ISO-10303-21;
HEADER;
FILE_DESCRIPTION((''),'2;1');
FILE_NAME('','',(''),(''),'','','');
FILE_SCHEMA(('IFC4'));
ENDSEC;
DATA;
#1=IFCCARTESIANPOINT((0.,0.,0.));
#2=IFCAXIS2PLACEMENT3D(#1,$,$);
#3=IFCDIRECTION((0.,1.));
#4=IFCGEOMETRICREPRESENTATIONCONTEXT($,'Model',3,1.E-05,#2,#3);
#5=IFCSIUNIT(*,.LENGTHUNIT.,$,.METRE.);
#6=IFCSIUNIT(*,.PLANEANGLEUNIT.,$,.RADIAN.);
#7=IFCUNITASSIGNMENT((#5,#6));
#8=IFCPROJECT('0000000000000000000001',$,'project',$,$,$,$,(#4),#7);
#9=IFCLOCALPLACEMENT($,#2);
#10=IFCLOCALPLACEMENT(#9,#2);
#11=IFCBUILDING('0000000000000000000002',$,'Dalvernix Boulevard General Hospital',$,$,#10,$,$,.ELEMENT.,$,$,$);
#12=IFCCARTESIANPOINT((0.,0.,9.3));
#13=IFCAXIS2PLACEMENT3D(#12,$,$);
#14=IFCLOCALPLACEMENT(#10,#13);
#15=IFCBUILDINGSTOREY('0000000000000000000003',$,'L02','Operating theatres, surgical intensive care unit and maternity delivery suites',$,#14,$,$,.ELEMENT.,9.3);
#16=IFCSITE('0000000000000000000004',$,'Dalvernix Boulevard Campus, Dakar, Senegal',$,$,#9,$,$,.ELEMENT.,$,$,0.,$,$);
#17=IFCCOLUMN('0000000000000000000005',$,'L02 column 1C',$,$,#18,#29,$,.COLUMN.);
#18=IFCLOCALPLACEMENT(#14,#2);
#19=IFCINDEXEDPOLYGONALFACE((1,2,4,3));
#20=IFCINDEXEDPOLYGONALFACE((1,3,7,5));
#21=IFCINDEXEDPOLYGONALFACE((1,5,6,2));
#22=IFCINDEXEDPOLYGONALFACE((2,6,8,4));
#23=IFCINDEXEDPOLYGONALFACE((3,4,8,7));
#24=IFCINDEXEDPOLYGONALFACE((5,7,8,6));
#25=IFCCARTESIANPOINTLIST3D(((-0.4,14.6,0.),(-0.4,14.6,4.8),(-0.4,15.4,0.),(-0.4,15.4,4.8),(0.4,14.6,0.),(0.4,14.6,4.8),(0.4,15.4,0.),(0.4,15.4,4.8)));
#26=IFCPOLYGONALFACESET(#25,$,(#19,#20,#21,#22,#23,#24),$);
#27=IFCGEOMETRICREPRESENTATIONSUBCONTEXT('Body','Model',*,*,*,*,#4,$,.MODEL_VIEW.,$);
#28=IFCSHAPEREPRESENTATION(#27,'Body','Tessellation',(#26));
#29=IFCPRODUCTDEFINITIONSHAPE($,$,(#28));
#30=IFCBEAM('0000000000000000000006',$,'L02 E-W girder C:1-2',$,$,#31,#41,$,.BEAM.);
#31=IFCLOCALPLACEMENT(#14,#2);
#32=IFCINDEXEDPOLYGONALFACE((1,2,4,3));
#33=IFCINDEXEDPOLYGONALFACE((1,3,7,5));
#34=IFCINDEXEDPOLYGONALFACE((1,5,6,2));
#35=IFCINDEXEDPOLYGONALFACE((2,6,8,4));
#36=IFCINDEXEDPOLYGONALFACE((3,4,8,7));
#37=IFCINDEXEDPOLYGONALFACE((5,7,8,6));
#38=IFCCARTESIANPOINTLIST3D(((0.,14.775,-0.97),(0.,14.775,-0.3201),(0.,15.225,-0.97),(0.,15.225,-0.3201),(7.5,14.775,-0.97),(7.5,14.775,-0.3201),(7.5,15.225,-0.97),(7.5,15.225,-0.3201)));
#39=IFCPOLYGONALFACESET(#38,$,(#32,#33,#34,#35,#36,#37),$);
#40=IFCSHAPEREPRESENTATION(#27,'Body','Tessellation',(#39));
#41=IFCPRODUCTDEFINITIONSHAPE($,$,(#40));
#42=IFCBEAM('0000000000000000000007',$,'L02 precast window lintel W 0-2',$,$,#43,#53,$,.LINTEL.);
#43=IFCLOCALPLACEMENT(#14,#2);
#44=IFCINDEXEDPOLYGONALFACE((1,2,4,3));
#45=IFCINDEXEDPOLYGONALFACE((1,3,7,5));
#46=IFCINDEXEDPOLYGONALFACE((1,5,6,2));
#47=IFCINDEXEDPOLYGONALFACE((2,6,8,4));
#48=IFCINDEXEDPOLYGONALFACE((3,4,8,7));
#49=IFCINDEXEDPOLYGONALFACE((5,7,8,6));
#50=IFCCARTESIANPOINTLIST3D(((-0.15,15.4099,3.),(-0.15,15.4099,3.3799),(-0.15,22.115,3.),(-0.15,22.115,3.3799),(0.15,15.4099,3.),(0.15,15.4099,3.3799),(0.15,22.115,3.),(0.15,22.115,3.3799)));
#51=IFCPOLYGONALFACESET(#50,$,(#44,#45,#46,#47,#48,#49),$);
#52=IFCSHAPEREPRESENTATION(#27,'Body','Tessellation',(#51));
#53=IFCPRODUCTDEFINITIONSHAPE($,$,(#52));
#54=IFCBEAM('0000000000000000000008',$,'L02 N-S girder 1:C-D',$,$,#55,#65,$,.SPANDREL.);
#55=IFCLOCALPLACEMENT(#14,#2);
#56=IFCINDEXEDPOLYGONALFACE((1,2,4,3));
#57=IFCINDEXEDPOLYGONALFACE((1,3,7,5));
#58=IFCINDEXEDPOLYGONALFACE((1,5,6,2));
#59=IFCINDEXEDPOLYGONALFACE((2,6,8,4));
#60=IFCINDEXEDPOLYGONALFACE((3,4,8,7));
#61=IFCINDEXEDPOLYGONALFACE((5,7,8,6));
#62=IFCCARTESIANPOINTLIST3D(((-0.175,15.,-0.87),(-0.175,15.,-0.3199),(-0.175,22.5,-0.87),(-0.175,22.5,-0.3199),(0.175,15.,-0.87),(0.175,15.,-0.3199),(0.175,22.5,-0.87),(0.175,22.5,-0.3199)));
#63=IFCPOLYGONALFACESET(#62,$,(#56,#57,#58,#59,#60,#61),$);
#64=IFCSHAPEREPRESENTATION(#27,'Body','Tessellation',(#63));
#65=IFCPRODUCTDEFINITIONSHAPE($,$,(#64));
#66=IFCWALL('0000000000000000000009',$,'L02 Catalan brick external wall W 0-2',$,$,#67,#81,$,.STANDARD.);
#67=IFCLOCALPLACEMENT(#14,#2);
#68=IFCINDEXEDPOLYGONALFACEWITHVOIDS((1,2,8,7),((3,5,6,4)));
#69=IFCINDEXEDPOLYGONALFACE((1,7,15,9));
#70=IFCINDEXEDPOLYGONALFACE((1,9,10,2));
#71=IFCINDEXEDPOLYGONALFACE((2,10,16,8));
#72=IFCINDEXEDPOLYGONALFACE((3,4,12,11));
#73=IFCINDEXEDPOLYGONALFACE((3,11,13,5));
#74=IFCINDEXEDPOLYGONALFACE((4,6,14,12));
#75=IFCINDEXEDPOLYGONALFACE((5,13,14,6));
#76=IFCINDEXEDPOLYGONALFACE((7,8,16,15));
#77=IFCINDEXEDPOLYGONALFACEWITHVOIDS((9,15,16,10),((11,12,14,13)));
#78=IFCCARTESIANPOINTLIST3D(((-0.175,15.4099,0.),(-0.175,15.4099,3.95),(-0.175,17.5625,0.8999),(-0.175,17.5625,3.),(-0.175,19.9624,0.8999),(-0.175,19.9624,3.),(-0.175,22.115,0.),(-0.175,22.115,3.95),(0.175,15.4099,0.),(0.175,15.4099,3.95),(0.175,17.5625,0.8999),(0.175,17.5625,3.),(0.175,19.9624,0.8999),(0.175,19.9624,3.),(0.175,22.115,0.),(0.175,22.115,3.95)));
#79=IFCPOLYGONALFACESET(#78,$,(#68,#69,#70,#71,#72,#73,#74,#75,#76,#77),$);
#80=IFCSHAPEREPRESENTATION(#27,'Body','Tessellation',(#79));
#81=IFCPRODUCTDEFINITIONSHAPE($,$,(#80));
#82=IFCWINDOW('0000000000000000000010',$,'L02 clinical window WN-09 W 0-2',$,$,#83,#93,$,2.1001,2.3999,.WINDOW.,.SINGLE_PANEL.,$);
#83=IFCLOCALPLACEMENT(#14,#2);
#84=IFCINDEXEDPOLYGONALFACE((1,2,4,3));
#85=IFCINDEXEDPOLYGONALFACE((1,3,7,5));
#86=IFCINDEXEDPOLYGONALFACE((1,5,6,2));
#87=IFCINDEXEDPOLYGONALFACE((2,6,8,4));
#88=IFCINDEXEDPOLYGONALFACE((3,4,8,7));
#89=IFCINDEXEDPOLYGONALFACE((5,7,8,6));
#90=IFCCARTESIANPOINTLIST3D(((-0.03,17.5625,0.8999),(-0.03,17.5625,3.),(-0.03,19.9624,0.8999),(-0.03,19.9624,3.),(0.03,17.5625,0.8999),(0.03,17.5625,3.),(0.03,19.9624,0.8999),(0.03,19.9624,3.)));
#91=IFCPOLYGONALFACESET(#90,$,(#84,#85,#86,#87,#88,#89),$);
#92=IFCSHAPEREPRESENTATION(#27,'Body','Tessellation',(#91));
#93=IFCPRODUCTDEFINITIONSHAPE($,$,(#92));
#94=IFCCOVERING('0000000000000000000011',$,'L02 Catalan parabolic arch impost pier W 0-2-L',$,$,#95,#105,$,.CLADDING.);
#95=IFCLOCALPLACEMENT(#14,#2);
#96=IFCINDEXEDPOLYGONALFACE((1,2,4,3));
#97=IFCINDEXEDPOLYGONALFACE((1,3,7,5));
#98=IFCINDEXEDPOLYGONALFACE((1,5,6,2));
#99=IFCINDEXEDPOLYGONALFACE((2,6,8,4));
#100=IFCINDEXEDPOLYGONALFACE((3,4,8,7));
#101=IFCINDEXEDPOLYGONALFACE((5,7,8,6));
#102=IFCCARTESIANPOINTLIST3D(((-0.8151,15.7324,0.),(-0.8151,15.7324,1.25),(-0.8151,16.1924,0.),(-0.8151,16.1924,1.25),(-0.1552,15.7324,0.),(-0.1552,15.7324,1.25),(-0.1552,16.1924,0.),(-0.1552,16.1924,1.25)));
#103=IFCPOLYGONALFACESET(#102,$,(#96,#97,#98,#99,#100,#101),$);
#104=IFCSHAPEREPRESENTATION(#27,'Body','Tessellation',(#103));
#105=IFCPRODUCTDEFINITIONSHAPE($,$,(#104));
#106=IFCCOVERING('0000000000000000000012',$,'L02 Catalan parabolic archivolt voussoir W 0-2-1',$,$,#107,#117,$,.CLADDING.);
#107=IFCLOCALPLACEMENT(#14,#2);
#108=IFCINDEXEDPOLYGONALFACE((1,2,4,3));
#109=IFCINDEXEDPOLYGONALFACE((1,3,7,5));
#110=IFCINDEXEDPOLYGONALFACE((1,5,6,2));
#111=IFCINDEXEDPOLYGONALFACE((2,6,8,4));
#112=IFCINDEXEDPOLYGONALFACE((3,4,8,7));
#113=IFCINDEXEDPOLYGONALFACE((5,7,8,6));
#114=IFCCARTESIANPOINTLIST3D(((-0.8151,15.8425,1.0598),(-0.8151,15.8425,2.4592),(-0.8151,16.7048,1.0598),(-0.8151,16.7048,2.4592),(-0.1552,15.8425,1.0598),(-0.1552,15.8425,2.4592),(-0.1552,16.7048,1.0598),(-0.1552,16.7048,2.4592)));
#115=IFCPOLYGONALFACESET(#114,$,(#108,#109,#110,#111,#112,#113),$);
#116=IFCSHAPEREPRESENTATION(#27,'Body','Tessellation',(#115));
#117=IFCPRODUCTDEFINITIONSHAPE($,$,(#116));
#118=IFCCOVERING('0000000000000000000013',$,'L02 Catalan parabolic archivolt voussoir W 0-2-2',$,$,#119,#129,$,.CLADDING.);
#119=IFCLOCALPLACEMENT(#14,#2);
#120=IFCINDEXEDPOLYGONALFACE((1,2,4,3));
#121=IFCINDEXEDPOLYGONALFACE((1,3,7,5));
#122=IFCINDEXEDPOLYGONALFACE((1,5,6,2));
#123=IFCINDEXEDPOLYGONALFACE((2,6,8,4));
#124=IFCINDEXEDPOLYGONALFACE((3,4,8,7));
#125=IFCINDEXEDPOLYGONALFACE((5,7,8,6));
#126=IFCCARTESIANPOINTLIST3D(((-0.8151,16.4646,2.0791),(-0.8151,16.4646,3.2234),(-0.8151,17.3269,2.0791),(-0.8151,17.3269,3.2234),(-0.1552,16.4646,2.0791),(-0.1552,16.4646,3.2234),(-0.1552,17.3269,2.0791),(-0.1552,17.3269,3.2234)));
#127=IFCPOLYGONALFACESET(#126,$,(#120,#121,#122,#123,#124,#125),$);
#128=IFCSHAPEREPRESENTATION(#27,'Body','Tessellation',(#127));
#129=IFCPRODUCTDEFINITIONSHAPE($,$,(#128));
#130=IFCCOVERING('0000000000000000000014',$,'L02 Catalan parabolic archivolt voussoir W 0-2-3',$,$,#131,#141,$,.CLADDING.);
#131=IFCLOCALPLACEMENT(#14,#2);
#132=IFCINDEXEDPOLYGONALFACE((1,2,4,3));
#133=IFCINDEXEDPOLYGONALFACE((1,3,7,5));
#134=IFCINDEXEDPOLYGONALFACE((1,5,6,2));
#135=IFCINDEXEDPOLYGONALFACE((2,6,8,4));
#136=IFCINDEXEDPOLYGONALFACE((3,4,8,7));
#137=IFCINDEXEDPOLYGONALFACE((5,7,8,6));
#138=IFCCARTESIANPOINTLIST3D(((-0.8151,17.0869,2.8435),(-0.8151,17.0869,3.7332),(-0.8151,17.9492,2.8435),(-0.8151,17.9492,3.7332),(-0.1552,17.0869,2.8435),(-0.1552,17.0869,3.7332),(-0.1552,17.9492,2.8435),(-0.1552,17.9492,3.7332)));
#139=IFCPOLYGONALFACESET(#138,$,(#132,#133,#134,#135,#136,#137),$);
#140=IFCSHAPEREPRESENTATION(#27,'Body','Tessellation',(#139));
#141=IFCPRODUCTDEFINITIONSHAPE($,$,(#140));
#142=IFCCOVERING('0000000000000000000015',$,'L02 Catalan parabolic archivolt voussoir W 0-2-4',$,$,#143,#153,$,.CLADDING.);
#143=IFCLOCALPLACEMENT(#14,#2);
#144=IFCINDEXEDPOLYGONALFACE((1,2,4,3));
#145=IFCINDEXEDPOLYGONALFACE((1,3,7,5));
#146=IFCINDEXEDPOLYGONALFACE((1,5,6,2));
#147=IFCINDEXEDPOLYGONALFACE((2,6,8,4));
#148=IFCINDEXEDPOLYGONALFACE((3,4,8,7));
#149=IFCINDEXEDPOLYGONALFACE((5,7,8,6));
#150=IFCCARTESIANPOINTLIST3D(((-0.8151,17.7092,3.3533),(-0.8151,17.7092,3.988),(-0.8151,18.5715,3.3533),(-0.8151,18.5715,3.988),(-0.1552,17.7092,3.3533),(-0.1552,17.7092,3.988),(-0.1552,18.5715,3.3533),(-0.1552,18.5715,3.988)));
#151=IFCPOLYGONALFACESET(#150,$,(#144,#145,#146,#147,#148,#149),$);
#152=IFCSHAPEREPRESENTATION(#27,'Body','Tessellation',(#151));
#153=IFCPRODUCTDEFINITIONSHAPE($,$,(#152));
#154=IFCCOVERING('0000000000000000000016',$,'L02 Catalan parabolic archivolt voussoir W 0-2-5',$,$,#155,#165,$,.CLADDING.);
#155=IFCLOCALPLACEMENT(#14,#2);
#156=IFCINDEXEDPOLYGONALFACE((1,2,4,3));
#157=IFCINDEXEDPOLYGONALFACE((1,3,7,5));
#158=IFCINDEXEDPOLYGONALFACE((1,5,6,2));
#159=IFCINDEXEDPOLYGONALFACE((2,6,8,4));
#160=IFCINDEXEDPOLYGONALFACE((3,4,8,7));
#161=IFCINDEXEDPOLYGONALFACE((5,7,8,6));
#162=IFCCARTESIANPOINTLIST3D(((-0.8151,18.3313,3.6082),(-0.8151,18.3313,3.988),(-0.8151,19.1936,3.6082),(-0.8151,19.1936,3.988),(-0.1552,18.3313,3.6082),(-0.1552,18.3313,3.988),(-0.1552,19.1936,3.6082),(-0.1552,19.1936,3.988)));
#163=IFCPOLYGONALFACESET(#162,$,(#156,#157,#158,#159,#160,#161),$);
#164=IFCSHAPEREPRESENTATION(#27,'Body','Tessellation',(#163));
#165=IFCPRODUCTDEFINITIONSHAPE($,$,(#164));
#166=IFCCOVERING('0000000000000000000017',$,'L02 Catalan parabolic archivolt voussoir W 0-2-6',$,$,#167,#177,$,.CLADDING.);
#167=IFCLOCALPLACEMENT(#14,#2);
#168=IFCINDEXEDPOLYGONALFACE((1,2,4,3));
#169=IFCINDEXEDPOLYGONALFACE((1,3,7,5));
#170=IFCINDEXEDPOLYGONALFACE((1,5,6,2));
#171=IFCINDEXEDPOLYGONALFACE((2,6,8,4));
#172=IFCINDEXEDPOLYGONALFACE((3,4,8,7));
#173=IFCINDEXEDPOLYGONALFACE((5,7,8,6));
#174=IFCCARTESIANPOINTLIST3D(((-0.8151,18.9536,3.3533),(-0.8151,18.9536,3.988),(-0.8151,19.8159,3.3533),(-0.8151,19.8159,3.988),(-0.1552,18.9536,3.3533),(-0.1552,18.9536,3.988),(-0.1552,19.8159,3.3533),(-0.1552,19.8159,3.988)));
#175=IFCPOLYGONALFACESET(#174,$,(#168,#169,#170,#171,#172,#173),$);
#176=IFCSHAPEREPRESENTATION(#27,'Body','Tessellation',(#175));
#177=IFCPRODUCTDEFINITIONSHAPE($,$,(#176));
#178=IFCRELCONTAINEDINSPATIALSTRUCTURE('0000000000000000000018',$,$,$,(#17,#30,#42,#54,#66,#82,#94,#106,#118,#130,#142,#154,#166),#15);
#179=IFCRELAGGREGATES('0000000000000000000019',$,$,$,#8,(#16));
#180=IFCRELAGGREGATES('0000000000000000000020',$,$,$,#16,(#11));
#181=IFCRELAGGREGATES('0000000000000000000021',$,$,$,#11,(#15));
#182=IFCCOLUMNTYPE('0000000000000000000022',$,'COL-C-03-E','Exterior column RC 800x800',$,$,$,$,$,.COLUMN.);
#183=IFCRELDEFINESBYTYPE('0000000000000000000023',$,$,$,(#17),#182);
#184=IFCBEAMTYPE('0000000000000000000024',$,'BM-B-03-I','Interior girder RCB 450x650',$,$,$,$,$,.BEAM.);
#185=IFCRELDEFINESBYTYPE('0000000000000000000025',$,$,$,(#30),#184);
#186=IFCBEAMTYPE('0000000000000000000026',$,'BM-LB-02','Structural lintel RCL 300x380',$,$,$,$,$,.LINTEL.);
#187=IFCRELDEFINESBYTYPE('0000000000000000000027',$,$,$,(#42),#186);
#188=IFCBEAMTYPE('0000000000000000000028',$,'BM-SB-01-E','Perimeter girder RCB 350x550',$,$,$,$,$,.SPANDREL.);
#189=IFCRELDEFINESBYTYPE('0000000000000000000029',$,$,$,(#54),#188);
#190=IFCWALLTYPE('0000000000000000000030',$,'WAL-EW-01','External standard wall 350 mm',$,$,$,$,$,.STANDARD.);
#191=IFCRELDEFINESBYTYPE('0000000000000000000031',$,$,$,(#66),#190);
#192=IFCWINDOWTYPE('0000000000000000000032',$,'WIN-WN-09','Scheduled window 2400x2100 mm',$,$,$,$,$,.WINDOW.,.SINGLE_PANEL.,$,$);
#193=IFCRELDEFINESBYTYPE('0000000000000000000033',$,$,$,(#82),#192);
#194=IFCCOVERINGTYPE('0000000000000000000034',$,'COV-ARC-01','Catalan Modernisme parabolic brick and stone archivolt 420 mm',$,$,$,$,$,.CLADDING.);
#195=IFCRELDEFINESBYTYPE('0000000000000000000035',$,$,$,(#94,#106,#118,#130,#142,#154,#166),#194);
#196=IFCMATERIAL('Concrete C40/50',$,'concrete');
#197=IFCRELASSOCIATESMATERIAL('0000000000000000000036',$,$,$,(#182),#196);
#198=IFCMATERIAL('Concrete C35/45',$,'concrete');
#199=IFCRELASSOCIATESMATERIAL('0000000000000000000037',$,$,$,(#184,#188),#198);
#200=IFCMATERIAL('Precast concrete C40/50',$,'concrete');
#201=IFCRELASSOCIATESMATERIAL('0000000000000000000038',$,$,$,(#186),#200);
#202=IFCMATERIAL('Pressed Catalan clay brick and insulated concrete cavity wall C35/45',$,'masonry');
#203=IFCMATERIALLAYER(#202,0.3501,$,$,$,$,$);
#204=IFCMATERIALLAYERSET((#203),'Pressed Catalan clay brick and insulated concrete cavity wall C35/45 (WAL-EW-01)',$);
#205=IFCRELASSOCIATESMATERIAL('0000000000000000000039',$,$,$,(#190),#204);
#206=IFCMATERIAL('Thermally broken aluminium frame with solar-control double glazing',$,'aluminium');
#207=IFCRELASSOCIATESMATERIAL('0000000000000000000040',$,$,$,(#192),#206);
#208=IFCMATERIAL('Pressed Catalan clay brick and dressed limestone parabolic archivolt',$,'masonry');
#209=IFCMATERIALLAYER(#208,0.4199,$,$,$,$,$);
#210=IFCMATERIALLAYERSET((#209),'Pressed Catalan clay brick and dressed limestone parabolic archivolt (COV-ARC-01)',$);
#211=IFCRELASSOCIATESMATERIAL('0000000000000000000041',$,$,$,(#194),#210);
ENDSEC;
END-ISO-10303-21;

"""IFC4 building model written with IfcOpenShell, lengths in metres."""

from ifc_helpers import new_model, si_unit, direction, frame, frame_2d, origin, origin_2d, place, context, subcontext, project, spatial, rectangle, extrude, material, layer, layer_set, material_profile, profile_set, type_object, element, fill, save


model = new_model("IFC4")

# Units and contexts
model_context = context("Model", 3, precision=1e-05, world=origin(), true_north=direction((0.0, 1.0)))
body_context = subcontext(model_context, "Body", "Model", "MODEL_VIEW")
ifc_project = project(units=[si_unit("LENGTHUNIT", "METRE"), si_unit("PLANEANGLEUNIT", "RADIAN")], contexts=[model_context])

# Site, building, storey
site_placement = place(None, origin())
site = spatial("IfcSite", under=ifc_project, at=site_placement, Name="Dalvernix Boulevard Campus, Dakar, Senegal", CompositionType="ELEMENT", RefElevation=0.0)
building_placement = place(site_placement, origin())
building = spatial("IfcBuilding", under=site, at=building_placement, Name="Dalvernix Boulevard General Hospital", CompositionType="ELEMENT")
storey_placement = place(building_placement, frame((0.0, 0.0, 9.3)))
storey = spatial("IfcBuildingStorey", under=building, at=storey_placement, Name="L02", Description="Operating theatres, surgical intensive care unit and maternity delivery suites", CompositionType="ELEMENT", Elevation=9.3)

# Column
ifc_material_1 = material(Name="Concrete C40/50", Category="concrete")
ifc_material_profile_1 = material_profile(ifc_material_1, rectangle(XDim=0.8, YDim=0.8, at=origin_2d()), Name="RC 800x800")
ifc_profile_set_1 = profile_set([ifc_material_profile_1], Name="Concrete C40/50")
column_type = type_object("IfcColumnType", Name="COL-C-03-E", Description="Exterior column RC 800x800", PredefinedType="COLUMN", material=ifc_profile_set_1)
column_placement = place(storey_placement, frame((0.0, 15.0, 0.0), z_axis=(0.0, 0.0, 1.0), x_axis=(1.0, 0.0, 0.0)))
element("IfcColumn", 1, at=column_placement, inside=storey, type_object=column_type, Name="L02 column 1C", PredefinedType="COLUMN", context=body_context, shape_type="SweptSolid", body=[
    extrude(rectangle(XDim=0.8, YDim=0.8, at=origin_2d()), origin(), (0.0, 0.0, 1.0), 4.8),
])

# Beams
ifc_material_2 = material(Name="Concrete C35/45", Category="concrete")
ifc_material_profile_2 = material_profile(ifc_material_2, rectangle(XDim=0.45, YDim=0.6499, at=origin_2d()), Name="RCB 450x650")
ifc_profile_set_2 = profile_set([ifc_material_profile_2], Name="Concrete C35/45")
beam_type_1 = type_object("IfcBeamType", Name="BM-B-03-I", Description="Interior girder RCB 450x650", PredefinedType="BEAM", material=ifc_profile_set_2)
beam_1_placement = place(storey_placement, frame((0.0, 15.0, -0.645), z_axis=(1.0, 0.0, 0.0), x_axis=(0.0, 1.0, 0.0)))
element("IfcBeam", 2, at=beam_1_placement, inside=storey, type_object=beam_type_1, Name="L02 E-W girder C:1-2", PredefinedType="BEAM", context=body_context, shape_type="SweptSolid", body=[
    extrude(rectangle(XDim=0.45, YDim=0.6499, at=origin_2d()), origin(), (0.0, 0.0, 1.0), 7.5),
])
ifc_material_3 = material(Name="Precast concrete C40/50", Category="concrete")
ifc_material_profile_3 = material_profile(ifc_material_3, rectangle(XDim=0.3, YDim=0.3799, at=origin_2d()), Name="RCL 300x380")
ifc_profile_set_3 = profile_set([ifc_material_profile_3], Name="Precast concrete C40/50")
beam_type_2 = type_object("IfcBeamType", Name="BM-LB-02", Description="Structural lintel RCL 300x380", PredefinedType="LINTEL", material=ifc_profile_set_3)
beam_2_placement = place(storey_placement, frame((0.0, 15.4099, 3.1899), z_axis=(0.0, 1.0, 0.0), x_axis=(-1.0, 0.0, 0.0)))
element("IfcBeam", 3, at=beam_2_placement, inside=storey, type_object=beam_type_2, Name="L02 precast window lintel W 0-2", PredefinedType="LINTEL", context=body_context, shape_type="SweptSolid", body=[
    extrude(rectangle(XDim=0.3, YDim=0.3799, at=origin_2d()), origin(), (0.0, 0.0, 1.0), 6.7051),
])
ifc_material_profile_4 = material_profile(ifc_material_2, rectangle(XDim=0.3501, YDim=0.55, at=origin_2d()), Name="RCB 350x550")
ifc_profile_set_4 = profile_set([ifc_material_profile_4], Name="Concrete C35/45")
beam_type_3 = type_object("IfcBeamType", Name="BM-SB-01-E", Description="Perimeter girder RCB 350x550", PredefinedType="SPANDREL", material=ifc_profile_set_4)
beam_3_placement = place(storey_placement, frame((0.0, 15.0, -0.595), z_axis=(0.0, 1.0, 0.0), x_axis=(-1.0, 0.0, 0.0)))
element("IfcBeam", 4, at=beam_3_placement, inside=storey, type_object=beam_type_3, Name="L02 N-S girder 1:C-D", PredefinedType="SPANDREL", context=body_context, shape_type="SweptSolid", body=[
    extrude(rectangle(XDim=0.3501, YDim=0.55, at=origin_2d()), origin(), (0.0, 0.0, 1.0), 7.5),
])

# Wall, opening, window
ifc_material_4 = material(Name="Pressed Catalan clay brick and insulated concrete cavity wall C35/45", Category="masonry")
ifc_layer_1 = layer(ifc_material_4, 0.3501)
ifc_layer_set_1 = layer_set([ifc_layer_1], Name="Pressed Catalan clay brick and insulated concrete cavity wall C35/45 (WAL-EW-01)")
wall_type = type_object("IfcWallType", Name="WAL-EW-01", Description="External standard wall 350 mm", PredefinedType="STANDARD", material=ifc_layer_set_1)
wall_placement = place(storey_placement, frame((0.0, 15.4099, 0.0), z_axis=(0.0, 0.0, 1.0), x_axis=(0.0, 1.0, 0.0)))
wall = element("IfcWall", 5, at=wall_placement, inside=storey, type_object=wall_type, Name="L02 Catalan brick external wall W 0-2", PredefinedType="STANDARD", context=body_context, shape_type="SweptSolid", body=[
    extrude(rectangle(XDim=6.7051, YDim=0.3501, at=frame_2d((3.3525, 0.0))), origin(), (0.0, 0.0, 1.0), 3.95),
])
opening_placement = place(wall_placement, frame((2.1526, 0.0, 0.8999)))
opening = element("IfcOpeningElement", 6, at=opening_placement, cuts=wall, PredefinedType="OPENING", context=body_context, shape_type="SweptSolid", body=[
    extrude(rectangle(XDim=2.3999, YDim=2.1001, at=frame_2d((1.2, 1.05))), frame((0.0, 0.1851, 0.0), z_axis=(0.0, -1.0, 0.0), x_axis=(1.0, 0.0, 0.0)), (0.0, 0.0, 1.0), 0.3701),
])
ifc_material_5 = material(Name="Thermally broken aluminium frame with solar-control double glazing", Category="aluminium")
window_type = type_object("IfcWindowType", Name="WIN-WN-09", Description="Scheduled window 2400x2100 mm", PartitioningType="SINGLE_PANEL", PredefinedType="WINDOW", material=ifc_material_5)
window_placement = place(opening_placement, origin())
window = element("IfcWindow", 7, at=window_placement, inside=storey, type_object=window_type, Name="L02 clinical window WN-09 W 0-2", OverallHeight=2.1001, OverallWidth=2.3999, PartitioningType="SINGLE_PANEL", PredefinedType="WINDOW", context=body_context, shape_type="SweptSolid", body=[
    extrude(rectangle(XDim=2.3999, YDim=2.1001, at=frame_2d((1.2, 1.05))), frame((0.0, 0.03, 0.0), z_axis=(0.0, -1.0, 0.0), x_axis=(1.0, 0.0, 0.0)), (0.0, 0.0, 1.0), 0.0601),
])
fill(opening, window)

# Coverings
ifc_material_6 = material(Name="Pressed Catalan clay brick and dressed limestone parabolic archivolt", Category="masonry")
ifc_layer_2 = layer(ifc_material_6, 0.4199)
ifc_layer_set_2 = layer_set([ifc_layer_2], Name="Pressed Catalan clay brick and dressed limestone parabolic archivolt (COV-ARC-01)")
covering_type_1 = type_object("IfcCoveringType", Name="COV-ARC-01", Description="Catalan Modernisme parabolic brick and stone archivolt 420 mm", PredefinedType="CLADDING", material=ifc_layer_set_2)
covering_1_placement = place(storey_placement, frame((-0.4851, 15.9624, 0.0), z_axis=(0.0, 0.0, 1.0), x_axis=(0.0, 1.0, 0.0)))
element("IfcCovering", 8, at=covering_1_placement, inside=storey, type_object=covering_type_1, Name="L02 Catalan parabolic arch impost pier W 0-2-L", PredefinedType="CLADDING", context=body_context, shape_type="SweptSolid", body=[
    extrude(rectangle(XDim=0.46, YDim=0.6599, at=origin_2d()), origin(), (0.0, 0.0, 1.0), 1.25),
])
covering_2_placement = place(storey_placement, frame((-0.4851, 16.2737, 1.0598), z_axis=(0.0, 0.0, 1.0), x_axis=(0.0, 1.0, 0.0)))
element("IfcCovering", 9, at=covering_2_placement, inside=storey, type_object=covering_type_1, Name="L02 Catalan parabolic archivolt voussoir W 0-2-1", PredefinedType="CLADDING", context=body_context, shape_type="SweptSolid", body=[
    extrude(rectangle(XDim=0.8623, YDim=0.6599, at=origin_2d()), origin(), (0.0, 0.0, 1.0), 1.3994),
])
covering_3_placement = place(storey_placement, frame((-0.4851, 16.8958, 2.0791), z_axis=(0.0, 0.0, 1.0), x_axis=(0.0, 1.0, 0.0)))
element("IfcCovering", 10, at=covering_3_placement, inside=storey, type_object=covering_type_1, Name="L02 Catalan parabolic archivolt voussoir W 0-2-2", PredefinedType="CLADDING", context=body_context, shape_type="SweptSolid", body=[
    extrude(rectangle(XDim=0.8623, YDim=0.6599, at=origin_2d()), origin(), (0.0, 0.0, 1.0), 1.1443),
])
covering_4_placement = place(storey_placement, frame((-0.4851, 17.5181, 2.8435), z_axis=(0.0, 0.0, 1.0), x_axis=(0.0, 1.0, 0.0)))
element("IfcCovering", 11, at=covering_4_placement, inside=storey, type_object=covering_type_1, Name="L02 Catalan parabolic archivolt voussoir W 0-2-3", PredefinedType="CLADDING", context=body_context, shape_type="SweptSolid", body=[
    extrude(rectangle(XDim=0.8623, YDim=0.6599, at=origin_2d()), origin(), (0.0, 0.0, 1.0), 0.8896),
])
covering_5_placement = place(storey_placement, frame((-0.4851, 18.1404, 3.3533), z_axis=(0.0, 0.0, 1.0), x_axis=(0.0, 1.0, 0.0)))
element("IfcCovering", 12, at=covering_5_placement, inside=storey, type_object=covering_type_1, Name="L02 Catalan parabolic archivolt voussoir W 0-2-4", PredefinedType="CLADDING", context=body_context, shape_type="SweptSolid", body=[
    extrude(rectangle(XDim=0.8623, YDim=0.6599, at=origin_2d()), origin(), (0.0, 0.0, 1.0), 0.6348),
])
covering_6_placement = place(storey_placement, frame((-0.4851, 18.7625, 3.6082), z_axis=(0.0, 0.0, 1.0), x_axis=(0.0, 1.0, 0.0)))
element("IfcCovering", 13, at=covering_6_placement, inside=storey, type_object=covering_type_1, Name="L02 Catalan parabolic archivolt voussoir W 0-2-5", PredefinedType="CLADDING", context=body_context, shape_type="SweptSolid", body=[
    extrude(rectangle(XDim=0.8623, YDim=0.6599, at=origin_2d()), origin(), (0.0, 0.0, 1.0), 0.3799),
])
covering_7_placement = place(storey_placement, frame((-0.4851, 19.3848, 3.3533), z_axis=(0.0, 0.0, 1.0), x_axis=(0.0, 1.0, 0.0)))
element("IfcCovering", 14, at=covering_7_placement, inside=storey, type_object=covering_type_1, Name="L02 Catalan parabolic archivolt voussoir W 0-2-6", PredefinedType="CLADDING", context=body_context, shape_type="SweptSolid", body=[
    extrude(rectangle(XDim=0.8623, YDim=0.6599, at=origin_2d()), origin(), (0.0, 0.0, 1.0), 0.6348),
])

save(model, "model.ifc")
